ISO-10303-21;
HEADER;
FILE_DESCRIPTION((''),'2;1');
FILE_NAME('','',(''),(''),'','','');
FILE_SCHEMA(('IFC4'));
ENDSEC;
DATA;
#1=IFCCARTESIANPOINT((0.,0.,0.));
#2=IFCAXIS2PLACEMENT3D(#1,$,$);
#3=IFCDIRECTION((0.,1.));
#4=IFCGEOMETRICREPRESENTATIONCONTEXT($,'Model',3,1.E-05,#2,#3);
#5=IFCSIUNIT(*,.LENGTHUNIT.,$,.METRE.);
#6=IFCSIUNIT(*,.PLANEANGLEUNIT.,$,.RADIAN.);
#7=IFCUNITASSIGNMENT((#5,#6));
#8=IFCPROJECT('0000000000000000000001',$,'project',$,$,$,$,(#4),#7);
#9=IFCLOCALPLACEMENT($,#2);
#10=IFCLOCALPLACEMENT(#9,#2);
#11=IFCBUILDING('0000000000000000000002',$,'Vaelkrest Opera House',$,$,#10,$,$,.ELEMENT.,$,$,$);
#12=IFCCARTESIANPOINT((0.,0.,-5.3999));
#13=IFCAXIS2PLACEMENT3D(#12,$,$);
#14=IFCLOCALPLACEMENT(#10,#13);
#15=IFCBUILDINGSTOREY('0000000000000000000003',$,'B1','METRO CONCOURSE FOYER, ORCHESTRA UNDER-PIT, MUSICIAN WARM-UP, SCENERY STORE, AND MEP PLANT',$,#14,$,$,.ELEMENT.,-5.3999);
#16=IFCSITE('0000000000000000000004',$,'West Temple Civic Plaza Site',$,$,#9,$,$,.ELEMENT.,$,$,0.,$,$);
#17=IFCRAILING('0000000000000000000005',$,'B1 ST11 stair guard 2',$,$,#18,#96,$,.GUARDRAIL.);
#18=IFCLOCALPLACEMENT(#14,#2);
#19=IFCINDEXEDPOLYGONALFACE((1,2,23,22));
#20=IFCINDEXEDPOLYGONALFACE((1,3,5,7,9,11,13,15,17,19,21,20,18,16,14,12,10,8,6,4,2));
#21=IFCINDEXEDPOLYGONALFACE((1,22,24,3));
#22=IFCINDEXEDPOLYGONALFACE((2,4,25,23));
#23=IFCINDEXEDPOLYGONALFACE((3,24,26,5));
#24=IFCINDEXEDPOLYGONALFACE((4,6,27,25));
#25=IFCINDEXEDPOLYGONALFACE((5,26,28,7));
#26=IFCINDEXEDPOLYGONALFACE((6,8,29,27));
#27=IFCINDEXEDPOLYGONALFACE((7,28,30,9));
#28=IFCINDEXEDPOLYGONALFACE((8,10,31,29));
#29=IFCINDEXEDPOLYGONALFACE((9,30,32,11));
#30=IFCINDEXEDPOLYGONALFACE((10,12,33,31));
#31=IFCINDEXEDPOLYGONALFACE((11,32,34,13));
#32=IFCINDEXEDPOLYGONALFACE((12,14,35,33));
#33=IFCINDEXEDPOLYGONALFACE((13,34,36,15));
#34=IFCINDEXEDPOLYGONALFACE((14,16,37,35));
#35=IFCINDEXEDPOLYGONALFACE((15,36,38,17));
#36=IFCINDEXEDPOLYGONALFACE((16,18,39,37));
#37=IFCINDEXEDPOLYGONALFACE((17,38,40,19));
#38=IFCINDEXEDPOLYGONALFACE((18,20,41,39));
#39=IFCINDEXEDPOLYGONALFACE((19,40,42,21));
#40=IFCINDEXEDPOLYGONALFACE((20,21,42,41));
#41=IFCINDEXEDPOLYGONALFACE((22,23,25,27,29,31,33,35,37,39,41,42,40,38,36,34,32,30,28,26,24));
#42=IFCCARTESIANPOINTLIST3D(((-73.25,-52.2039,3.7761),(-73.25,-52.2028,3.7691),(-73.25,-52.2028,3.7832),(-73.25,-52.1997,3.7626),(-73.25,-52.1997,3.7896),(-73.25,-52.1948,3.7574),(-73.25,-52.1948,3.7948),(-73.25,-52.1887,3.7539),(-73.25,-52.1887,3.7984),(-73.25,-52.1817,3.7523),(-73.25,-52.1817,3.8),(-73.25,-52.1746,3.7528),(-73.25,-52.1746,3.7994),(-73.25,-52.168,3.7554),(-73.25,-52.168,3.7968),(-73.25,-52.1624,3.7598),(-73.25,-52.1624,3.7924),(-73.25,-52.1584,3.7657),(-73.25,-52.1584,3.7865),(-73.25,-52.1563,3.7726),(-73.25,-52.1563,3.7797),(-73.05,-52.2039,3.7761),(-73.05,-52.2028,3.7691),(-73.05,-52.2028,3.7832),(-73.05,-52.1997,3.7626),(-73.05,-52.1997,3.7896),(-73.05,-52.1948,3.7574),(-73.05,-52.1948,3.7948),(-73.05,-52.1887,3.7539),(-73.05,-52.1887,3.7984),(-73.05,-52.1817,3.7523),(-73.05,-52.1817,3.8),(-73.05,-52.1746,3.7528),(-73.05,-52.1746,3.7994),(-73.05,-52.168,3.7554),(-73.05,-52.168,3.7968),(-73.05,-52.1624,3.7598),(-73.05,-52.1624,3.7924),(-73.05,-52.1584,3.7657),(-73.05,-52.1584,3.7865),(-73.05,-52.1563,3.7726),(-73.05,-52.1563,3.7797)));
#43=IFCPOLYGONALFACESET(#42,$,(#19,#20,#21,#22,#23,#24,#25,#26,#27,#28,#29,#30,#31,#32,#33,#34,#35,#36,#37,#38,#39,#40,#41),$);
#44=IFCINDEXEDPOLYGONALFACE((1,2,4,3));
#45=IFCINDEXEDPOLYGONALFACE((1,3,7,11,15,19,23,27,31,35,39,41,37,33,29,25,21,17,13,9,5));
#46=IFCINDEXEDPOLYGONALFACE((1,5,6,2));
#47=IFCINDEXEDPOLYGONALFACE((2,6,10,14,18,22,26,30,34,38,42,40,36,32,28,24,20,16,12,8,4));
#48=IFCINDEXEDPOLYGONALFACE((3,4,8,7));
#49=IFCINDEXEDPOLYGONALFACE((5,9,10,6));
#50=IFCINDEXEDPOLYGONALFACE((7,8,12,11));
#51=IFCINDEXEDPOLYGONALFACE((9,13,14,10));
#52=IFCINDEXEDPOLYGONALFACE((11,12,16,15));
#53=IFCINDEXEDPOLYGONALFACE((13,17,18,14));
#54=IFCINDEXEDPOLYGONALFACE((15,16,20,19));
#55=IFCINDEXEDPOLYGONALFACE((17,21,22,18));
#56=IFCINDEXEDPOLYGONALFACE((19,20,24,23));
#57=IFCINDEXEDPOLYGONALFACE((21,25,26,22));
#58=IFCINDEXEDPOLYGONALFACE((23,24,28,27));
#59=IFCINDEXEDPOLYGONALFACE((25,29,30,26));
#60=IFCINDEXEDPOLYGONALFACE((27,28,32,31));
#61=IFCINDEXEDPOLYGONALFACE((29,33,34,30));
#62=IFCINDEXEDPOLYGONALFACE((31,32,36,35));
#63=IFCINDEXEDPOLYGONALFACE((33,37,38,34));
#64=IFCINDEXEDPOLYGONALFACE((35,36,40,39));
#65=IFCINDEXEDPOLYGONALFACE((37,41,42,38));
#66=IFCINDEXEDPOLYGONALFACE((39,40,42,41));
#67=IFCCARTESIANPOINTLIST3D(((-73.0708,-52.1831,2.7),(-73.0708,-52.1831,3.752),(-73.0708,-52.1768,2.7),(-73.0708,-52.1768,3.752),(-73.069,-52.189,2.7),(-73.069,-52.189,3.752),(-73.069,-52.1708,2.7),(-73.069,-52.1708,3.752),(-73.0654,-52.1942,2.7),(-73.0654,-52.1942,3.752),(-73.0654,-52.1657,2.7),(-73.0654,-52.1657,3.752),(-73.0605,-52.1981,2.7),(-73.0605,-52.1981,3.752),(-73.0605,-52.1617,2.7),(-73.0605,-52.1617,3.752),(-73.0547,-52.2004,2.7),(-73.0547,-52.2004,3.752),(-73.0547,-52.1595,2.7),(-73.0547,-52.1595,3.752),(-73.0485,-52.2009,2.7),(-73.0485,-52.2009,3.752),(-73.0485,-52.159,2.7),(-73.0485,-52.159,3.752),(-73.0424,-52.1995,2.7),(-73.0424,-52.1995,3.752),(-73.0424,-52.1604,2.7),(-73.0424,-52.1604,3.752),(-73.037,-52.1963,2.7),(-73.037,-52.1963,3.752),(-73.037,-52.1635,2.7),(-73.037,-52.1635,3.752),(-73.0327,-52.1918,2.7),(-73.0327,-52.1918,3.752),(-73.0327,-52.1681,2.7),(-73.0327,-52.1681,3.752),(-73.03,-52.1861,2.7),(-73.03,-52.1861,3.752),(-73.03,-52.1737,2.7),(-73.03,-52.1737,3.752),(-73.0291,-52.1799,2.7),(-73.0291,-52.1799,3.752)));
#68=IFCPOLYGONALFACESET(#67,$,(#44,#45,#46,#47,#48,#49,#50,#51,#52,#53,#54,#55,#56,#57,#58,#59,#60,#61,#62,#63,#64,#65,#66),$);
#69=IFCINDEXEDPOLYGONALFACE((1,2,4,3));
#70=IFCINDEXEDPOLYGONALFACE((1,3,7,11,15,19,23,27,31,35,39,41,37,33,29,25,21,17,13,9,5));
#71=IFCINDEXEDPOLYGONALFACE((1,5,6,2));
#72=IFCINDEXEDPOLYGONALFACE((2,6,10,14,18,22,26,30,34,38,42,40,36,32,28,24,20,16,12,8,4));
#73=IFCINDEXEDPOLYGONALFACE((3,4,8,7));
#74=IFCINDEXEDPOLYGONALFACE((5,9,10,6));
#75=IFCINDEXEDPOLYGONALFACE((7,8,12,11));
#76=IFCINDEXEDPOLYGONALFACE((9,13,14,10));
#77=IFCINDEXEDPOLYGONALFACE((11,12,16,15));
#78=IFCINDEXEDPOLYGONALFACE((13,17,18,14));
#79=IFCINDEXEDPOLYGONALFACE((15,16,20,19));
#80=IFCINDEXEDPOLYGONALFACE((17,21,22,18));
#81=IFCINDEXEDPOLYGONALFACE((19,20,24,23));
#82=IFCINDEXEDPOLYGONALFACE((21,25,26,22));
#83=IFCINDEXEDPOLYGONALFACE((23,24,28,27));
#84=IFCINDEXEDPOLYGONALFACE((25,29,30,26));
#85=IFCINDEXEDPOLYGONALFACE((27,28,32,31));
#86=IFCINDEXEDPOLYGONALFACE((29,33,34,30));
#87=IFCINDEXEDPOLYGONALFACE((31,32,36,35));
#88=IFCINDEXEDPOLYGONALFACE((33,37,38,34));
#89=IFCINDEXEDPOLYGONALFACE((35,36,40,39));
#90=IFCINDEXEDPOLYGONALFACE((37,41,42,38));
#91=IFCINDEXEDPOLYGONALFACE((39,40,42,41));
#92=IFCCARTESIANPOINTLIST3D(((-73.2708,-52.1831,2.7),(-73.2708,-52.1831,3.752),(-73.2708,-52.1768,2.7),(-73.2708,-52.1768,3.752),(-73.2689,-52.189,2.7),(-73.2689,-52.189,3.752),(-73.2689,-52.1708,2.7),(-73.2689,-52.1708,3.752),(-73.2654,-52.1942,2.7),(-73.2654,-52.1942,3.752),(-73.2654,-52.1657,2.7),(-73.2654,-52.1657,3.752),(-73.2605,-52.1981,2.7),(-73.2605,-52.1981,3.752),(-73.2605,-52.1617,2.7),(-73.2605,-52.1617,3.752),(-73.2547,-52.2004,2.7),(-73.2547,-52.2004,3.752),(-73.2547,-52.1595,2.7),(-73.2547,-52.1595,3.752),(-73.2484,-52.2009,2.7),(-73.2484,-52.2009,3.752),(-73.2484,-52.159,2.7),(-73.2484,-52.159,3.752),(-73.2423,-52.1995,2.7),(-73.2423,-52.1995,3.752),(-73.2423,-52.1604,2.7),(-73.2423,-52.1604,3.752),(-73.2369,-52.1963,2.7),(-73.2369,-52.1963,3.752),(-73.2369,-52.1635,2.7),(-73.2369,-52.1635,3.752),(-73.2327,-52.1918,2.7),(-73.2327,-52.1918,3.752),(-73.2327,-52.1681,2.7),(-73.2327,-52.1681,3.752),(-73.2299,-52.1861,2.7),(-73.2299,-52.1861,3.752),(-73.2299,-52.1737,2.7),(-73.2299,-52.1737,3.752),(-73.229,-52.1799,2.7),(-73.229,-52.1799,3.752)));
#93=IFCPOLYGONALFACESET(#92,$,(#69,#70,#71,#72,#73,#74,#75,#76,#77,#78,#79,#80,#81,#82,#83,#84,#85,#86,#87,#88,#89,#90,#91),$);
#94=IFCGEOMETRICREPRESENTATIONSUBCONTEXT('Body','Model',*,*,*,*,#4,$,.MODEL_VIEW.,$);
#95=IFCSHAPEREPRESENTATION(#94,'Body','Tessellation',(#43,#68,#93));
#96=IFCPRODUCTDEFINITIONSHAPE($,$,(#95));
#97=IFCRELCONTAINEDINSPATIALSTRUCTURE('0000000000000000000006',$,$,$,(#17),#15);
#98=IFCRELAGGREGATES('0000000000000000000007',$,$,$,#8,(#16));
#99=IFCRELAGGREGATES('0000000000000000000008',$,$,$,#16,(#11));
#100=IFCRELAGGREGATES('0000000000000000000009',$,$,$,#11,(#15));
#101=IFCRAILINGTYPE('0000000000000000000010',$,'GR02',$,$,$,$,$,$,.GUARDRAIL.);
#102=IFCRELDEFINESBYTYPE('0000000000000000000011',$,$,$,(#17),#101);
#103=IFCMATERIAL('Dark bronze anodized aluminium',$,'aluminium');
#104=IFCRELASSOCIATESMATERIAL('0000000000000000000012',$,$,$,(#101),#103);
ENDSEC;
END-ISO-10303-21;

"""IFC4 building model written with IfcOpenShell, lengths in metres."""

from ifc_helpers import new_model, si_unit, direction, frame, origin, origin_2d, place, context, subcontext, project, spatial, circle, extrude, material, type_object, element, save


model = new_model("IFC4")

# Units and contexts
model_context = context("Model", 3, precision=1e-05, world=origin(), true_north=direction((0.0, 1.0)))
body_context = subcontext(model_context, "Body", "Model", "MODEL_VIEW")
ifc_project = project(units=[si_unit("LENGTHUNIT", "METRE"), si_unit("PLANEANGLEUNIT", "RADIAN")], contexts=[model_context])

# Site, building, storey
site_placement = place(None, origin())
site = spatial("IfcSite", under=ifc_project, at=site_placement, Name="West Temple Civic Plaza Site", CompositionType="ELEMENT", RefElevation=0.0)
building_placement = place(site_placement, origin())
building = spatial("IfcBuilding", under=site, at=building_placement, Name="Vaelkrest Opera House", CompositionType="ELEMENT")
storey_placement = place(building_placement, frame((0.0, 0.0, -5.3999)))
storey = spatial("IfcBuildingStorey", under=building, at=storey_placement, Name="B1", Description="METRO CONCOURSE FOYER, ORCHESTRA UNDER-PIT, MUSICIAN WARM-UP, SCENERY STORE, AND MEP PLANT", CompositionType="ELEMENT", Elevation=-5.3999)

# Railing
ifc_material_1 = material(Name="Dark bronze anodized aluminium", Category="aluminium")
railing_type = type_object("IfcRailingType", Name="GR02", PredefinedType="GUARDRAIL", material=ifc_material_1)
railing_placement = place(storey_placement, frame((-73.05, -52.1799, 2.7)))
element("IfcRailing", 1, at=railing_placement, inside=storey, type_object=railing_type, Name="B1 ST11 stair guard 2", PredefinedType="GUARDRAIL", context=body_context, shape_type="SweptSolid", body=[
    extrude(circle(Radius=0.0239, at=origin_2d()), frame((0.0, 0.0, 1.0762), z_axis=(-1.0, 0.0, 0.0), x_axis=(0.0, -1.0, 0.0)), (0.0, 0.0, 1.0), 0.2),
    extrude(circle(Radius=0.021, at=origin_2d()), origin(), (0.0, 0.0, 1.0), 1.052),
    extrude(circle(Radius=0.021, at=origin_2d()), frame((-0.2, 0.0, 0.0)), (0.0, 0.0, 1.0), 1.052),
])

save(model, "model.ifc")
